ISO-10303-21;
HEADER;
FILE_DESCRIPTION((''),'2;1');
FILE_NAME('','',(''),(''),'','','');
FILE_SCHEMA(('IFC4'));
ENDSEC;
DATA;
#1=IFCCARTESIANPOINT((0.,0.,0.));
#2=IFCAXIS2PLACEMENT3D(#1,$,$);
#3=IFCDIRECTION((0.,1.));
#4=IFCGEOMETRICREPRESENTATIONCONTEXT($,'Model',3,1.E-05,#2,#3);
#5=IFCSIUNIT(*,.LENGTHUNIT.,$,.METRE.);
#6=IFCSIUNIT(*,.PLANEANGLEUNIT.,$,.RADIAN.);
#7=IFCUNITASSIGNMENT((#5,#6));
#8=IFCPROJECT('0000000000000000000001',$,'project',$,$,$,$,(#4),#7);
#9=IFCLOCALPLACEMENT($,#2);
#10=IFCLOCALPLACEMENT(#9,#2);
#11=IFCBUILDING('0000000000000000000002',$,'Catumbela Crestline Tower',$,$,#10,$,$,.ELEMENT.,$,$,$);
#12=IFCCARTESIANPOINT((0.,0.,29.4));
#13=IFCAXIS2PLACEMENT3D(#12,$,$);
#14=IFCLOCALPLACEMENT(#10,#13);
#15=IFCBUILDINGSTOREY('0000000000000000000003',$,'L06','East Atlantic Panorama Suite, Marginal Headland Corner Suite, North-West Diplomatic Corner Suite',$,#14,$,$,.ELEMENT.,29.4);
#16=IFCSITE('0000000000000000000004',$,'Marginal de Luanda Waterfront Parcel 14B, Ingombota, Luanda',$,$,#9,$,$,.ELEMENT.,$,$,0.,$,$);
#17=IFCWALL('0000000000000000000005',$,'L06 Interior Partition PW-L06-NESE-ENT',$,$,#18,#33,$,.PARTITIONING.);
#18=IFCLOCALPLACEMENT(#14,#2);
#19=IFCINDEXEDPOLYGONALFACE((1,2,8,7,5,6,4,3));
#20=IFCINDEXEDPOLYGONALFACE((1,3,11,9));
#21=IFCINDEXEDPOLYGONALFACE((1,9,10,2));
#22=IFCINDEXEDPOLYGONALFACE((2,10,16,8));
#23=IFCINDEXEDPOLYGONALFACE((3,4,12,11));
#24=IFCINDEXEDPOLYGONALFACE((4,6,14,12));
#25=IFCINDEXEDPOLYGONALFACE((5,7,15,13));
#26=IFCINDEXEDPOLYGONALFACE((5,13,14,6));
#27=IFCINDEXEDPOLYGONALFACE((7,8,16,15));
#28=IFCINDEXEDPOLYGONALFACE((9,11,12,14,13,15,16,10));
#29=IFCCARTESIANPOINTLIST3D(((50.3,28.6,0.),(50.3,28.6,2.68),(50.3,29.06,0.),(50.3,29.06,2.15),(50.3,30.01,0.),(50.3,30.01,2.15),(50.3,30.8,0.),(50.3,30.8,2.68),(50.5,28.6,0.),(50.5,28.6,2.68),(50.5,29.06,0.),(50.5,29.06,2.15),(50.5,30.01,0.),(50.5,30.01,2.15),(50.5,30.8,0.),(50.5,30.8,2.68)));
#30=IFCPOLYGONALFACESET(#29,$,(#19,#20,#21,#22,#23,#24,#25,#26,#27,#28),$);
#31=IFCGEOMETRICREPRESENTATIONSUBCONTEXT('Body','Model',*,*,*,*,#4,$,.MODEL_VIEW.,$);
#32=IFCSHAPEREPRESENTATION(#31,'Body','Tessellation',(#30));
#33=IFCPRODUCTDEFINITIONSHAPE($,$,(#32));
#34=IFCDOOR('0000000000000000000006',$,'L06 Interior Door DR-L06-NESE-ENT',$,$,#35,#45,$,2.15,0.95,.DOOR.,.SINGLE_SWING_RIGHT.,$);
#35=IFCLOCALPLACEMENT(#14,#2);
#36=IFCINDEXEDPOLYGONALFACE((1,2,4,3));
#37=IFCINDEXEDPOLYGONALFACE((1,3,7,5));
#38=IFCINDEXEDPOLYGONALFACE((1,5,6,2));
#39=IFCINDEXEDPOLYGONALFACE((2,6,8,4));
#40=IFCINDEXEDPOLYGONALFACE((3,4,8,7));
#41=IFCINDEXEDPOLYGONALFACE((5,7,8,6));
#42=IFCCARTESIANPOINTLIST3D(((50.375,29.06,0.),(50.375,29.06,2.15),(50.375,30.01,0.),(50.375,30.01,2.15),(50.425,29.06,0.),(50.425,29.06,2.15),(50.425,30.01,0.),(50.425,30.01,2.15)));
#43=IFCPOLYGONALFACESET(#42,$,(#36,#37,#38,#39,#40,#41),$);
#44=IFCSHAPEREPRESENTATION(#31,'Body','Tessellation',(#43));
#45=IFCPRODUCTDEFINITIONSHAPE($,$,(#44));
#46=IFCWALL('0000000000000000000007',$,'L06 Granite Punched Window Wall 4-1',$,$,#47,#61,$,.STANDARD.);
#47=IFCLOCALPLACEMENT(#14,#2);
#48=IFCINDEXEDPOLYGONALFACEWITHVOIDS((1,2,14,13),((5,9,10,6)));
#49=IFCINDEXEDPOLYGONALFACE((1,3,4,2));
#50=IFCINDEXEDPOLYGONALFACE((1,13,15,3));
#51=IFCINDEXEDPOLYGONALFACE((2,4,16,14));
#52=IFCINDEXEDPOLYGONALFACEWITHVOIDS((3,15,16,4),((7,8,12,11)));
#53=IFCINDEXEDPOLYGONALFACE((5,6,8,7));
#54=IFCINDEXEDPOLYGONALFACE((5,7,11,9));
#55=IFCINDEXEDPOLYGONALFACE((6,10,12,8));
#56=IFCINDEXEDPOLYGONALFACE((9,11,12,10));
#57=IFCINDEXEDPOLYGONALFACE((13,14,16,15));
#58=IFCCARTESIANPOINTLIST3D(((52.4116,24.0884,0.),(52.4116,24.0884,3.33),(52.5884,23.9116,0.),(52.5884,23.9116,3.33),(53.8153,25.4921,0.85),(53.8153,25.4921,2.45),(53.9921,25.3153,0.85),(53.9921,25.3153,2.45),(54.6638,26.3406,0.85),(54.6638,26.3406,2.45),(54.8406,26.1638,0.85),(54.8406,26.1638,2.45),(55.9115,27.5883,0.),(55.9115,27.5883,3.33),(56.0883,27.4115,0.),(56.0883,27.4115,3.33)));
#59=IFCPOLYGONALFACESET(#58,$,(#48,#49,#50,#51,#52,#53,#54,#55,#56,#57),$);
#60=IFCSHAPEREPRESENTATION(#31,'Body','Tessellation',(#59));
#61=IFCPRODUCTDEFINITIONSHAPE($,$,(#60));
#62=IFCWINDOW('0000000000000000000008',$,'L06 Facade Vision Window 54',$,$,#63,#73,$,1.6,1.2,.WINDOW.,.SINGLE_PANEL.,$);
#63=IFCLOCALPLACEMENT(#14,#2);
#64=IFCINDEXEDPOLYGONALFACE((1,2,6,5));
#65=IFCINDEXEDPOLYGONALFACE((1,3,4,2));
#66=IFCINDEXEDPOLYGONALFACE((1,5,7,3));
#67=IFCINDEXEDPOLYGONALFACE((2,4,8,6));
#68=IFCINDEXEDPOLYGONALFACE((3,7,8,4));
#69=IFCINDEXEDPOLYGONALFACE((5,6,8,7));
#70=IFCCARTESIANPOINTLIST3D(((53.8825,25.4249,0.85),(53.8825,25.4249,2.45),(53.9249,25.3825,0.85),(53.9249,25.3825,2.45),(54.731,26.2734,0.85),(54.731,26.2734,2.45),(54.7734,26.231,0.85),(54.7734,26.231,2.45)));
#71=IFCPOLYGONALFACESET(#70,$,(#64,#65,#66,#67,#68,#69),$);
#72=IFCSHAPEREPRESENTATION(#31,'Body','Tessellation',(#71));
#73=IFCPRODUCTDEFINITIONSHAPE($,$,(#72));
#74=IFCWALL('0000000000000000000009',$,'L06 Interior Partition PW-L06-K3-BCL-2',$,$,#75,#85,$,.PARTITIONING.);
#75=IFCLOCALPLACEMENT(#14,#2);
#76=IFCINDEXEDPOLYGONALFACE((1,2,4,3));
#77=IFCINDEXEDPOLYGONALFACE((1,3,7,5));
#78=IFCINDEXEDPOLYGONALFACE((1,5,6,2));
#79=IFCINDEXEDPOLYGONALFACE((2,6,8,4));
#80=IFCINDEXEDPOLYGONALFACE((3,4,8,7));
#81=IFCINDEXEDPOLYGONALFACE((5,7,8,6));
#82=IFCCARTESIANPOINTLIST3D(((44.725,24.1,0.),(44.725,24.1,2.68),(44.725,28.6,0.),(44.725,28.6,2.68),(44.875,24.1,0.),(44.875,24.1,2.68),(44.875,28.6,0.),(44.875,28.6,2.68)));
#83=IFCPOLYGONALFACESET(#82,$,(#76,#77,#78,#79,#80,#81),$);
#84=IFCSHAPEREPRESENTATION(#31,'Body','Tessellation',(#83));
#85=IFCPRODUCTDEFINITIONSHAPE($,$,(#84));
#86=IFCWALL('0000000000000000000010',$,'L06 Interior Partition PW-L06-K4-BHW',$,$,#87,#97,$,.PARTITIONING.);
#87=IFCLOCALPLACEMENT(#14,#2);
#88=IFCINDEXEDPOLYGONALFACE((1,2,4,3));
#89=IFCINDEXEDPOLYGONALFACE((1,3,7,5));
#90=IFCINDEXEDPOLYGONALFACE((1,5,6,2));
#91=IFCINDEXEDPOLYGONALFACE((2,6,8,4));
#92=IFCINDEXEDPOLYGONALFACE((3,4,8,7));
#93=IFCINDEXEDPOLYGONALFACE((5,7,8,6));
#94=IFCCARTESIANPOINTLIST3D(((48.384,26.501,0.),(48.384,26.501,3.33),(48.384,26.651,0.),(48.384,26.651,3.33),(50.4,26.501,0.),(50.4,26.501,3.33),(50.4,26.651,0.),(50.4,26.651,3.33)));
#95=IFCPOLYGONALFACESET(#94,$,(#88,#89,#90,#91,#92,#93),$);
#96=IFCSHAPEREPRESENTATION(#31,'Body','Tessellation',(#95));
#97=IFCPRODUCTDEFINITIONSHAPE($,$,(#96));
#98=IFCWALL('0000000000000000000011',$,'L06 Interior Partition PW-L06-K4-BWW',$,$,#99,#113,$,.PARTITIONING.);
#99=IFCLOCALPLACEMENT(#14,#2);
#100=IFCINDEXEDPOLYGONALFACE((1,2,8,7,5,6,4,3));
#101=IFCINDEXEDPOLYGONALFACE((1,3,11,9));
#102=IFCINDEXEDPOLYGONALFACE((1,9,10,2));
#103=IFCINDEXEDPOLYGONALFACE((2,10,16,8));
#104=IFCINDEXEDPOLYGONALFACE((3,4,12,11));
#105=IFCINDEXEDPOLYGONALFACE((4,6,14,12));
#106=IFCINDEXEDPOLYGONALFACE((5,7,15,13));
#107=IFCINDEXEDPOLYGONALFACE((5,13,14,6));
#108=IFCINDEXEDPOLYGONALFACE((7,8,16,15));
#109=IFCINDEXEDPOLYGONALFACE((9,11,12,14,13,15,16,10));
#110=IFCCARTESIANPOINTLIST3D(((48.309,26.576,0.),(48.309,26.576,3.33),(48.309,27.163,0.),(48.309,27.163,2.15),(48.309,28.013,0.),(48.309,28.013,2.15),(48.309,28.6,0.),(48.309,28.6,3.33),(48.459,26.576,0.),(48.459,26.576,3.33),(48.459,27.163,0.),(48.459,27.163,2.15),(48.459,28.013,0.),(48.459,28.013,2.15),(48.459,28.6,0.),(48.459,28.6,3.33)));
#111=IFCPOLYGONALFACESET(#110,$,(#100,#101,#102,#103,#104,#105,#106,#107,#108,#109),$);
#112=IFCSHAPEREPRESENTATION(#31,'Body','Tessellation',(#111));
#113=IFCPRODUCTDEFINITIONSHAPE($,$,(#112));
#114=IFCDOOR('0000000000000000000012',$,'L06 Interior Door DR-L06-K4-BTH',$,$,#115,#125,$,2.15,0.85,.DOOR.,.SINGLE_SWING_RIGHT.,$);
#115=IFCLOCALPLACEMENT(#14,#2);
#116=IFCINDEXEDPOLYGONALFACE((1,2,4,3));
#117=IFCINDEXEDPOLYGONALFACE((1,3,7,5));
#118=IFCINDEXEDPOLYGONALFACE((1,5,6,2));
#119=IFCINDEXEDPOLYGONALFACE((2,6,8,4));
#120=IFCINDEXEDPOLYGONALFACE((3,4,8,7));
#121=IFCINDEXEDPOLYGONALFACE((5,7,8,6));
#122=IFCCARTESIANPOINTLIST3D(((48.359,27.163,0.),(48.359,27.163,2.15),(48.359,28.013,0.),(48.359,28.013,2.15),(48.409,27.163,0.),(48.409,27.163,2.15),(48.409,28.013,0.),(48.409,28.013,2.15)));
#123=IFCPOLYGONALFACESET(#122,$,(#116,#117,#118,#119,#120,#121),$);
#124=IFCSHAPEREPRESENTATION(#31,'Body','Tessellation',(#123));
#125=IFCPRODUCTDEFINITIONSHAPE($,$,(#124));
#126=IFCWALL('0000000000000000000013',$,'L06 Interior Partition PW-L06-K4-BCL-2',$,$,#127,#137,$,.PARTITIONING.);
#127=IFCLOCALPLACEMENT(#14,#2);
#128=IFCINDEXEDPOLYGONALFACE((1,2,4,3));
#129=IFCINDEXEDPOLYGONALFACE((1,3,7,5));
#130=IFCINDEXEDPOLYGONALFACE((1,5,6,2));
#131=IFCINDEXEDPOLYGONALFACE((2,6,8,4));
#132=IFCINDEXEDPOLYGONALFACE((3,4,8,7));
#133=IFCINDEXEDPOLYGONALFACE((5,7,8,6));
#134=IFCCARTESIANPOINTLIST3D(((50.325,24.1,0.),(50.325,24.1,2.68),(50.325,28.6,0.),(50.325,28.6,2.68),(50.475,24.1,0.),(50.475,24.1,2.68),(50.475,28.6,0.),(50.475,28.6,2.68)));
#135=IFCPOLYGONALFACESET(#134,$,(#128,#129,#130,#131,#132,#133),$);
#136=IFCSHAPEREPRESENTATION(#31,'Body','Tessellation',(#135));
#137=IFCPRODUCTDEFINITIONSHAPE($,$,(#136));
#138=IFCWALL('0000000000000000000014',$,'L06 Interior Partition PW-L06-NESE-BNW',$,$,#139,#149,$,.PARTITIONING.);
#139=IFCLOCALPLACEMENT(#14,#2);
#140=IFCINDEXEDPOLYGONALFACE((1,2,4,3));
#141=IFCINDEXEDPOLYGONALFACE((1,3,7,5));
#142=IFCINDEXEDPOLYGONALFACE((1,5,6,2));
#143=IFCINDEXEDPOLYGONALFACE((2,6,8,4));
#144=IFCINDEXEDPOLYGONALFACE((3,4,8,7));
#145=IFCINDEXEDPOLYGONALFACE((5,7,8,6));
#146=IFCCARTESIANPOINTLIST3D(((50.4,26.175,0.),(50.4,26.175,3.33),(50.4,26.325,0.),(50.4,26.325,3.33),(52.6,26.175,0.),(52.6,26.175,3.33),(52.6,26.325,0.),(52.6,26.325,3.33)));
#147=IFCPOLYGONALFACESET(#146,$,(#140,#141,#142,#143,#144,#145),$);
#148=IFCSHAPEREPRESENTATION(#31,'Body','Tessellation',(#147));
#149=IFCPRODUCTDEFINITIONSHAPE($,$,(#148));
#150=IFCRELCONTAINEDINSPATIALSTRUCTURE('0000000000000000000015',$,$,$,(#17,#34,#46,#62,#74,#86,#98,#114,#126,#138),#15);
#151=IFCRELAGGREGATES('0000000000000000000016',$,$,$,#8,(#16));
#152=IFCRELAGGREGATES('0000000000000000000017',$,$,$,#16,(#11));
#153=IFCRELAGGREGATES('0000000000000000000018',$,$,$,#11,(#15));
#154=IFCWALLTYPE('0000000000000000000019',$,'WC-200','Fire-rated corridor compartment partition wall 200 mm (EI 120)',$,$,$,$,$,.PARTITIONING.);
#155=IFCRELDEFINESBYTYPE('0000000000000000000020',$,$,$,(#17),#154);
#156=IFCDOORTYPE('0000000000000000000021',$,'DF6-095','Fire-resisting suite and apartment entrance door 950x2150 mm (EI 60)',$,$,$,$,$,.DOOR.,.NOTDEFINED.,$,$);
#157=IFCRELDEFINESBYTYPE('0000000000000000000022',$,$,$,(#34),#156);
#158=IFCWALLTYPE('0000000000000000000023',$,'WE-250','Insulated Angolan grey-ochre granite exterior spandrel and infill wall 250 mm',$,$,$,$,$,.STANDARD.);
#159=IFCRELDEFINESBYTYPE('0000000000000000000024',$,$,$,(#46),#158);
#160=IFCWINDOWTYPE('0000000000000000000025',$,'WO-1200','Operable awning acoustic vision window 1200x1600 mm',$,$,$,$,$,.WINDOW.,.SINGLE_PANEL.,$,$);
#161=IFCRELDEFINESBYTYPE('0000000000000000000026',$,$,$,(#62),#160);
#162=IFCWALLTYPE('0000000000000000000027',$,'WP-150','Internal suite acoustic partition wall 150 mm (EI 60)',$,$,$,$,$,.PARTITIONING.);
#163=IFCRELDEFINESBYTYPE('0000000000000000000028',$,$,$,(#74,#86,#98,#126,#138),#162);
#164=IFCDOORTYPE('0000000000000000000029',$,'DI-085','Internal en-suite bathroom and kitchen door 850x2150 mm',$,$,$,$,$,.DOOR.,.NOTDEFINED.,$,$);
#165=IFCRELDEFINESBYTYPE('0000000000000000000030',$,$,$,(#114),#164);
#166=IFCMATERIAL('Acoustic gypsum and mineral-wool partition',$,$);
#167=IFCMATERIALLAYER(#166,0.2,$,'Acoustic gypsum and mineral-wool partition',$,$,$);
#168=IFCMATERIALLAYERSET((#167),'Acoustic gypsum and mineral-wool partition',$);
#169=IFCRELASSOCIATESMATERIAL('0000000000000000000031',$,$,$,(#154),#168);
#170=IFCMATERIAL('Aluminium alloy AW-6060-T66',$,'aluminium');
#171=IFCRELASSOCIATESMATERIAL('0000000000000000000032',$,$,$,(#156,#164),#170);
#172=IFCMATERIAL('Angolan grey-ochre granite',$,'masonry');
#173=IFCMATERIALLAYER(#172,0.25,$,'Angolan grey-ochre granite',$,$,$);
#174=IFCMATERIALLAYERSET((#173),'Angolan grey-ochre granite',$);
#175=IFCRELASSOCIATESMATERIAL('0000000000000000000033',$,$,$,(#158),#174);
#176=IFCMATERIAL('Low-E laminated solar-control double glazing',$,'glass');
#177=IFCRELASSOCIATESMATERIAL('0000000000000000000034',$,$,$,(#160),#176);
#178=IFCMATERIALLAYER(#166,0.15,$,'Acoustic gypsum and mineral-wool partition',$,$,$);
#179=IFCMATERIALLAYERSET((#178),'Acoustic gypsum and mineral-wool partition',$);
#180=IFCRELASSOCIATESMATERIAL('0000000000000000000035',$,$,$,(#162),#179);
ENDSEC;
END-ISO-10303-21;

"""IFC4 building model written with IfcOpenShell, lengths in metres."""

from ifc_helpers import new_model, si_unit, direction, frame, frame_2d, origin, place, context, subcontext, project, spatial, rectangle, extrude, material, layer, layer_set, type_object, element, fill, save


model = new_model("IFC4")

# Units and contexts
model_context = context("Model", 3, precision=1e-05, world=origin(), true_north=direction((0.0, 1.0)))
body_context = subcontext(model_context, "Body", "Model", "MODEL_VIEW")
ifc_project = project(units=[si_unit("LENGTHUNIT", "METRE"), si_unit("PLANEANGLEUNIT", "RADIAN")], contexts=[model_context])

# Site, building, storey
site_placement = place(None, origin())
site = spatial("IfcSite", under=ifc_project, at=site_placement, Name="Marginal de Luanda Waterfront Parcel 14B, Ingombota, Luanda", CompositionType="ELEMENT", RefElevation=0.0)
building_placement = place(site_placement, origin())
building = spatial("IfcBuilding", under=site, at=building_placement, Name="Catumbela Crestline Tower", CompositionType="ELEMENT")
storey_placement = place(building_placement, frame((0.0, 0.0, 29.4)))
storey = spatial("IfcBuildingStorey", under=building, at=storey_placement, Name="L06", Description="East Atlantic Panorama Suite, Marginal Headland Corner Suite, North-West Diplomatic Corner Suite", CompositionType="ELEMENT", Elevation=29.4)

# Shared definitions
ifc_material_1 = material(Name="Aluminium alloy AW-6060-T66", Category="aluminium")

# Shared definitions
ifc_material_2 = material(Name="Low-E laminated solar-control double glazing", Category="glass")

# Wall, opening, door
ifc_material_3 = material(Name="Acoustic gypsum and mineral-wool partition")
ifc_layer_1 = layer(ifc_material_3, 0.2, Name="Acoustic gypsum and mineral-wool partition")
ifc_layer_set_1 = layer_set([ifc_layer_1], Name="Acoustic gypsum and mineral-wool partition")
wall_type_1 = type_object("IfcWallType", Name="WC-200", Description="Fire-rated corridor compartment partition wall 200 mm (EI 120)", PredefinedType="PARTITIONING", material=ifc_layer_set_1)
wall_1_placement = place(storey_placement, frame((50.4, 28.6, 0.0), z_axis=(0.0, 0.0, 1.0), x_axis=(0.0, 1.0, 0.0)))
wall_1 = element("IfcWall", 1, at=wall_1_placement, inside=storey, type_object=wall_type_1, Name="L06 Interior Partition PW-L06-NESE-ENT", PredefinedType="PARTITIONING", context=body_context, shape_type="SweptSolid", body=[
    extrude(rectangle(XDim=2.2, YDim=0.2, at=frame_2d((1.1, 0.0))), origin(), (0.0, 0.0, 1.0), 2.68),
])
opening_1_placement = place(wall_1_placement, frame((0.46, 0.0, 0.0)))
opening_1 = element("IfcOpeningElement", 2, at=opening_1_placement, cuts=wall_1, PredefinedType="OPENING", context=body_context, shape_type="SweptSolid", body=[
    extrude(rectangle(XDim=0.95, YDim=2.15, at=frame_2d((0.475, 1.075))), frame((0.0, 0.11, 0.0), z_axis=(0.0, -1.0, 0.0), x_axis=(1.0, 0.0, 0.0)), (0.0, 0.0, 1.0), 0.22),
])
door_type_1 = type_object("IfcDoorType", Name="DF6-095", Description="Fire-resisting suite and apartment entrance door 950x2150 mm (EI 60)", OperationType="NOTDEFINED", PredefinedType="DOOR", material=ifc_material_1)
door_1_placement = place(opening_1_placement, origin())
door_1 = element("IfcDoor", 3, at=door_1_placement, inside=storey, type_object=door_type_1, Name="L06 Interior Door DR-L06-NESE-ENT", OperationType="SINGLE_SWING_RIGHT", OverallHeight=2.15, OverallWidth=0.95, PredefinedType="DOOR", context=body_context, shape_type="SweptSolid", body=[
    extrude(rectangle(XDim=0.95, YDim=2.15, at=frame_2d((0.475, 1.075))), frame((0.0, 0.025, 0.0), z_axis=(0.0, -1.0, 0.0), x_axis=(1.0, 0.0, 0.0)), (0.0, 0.0, 1.0), 0.05),
])
fill(opening_1, door_1)

# Wall, opening, window
ifc_material_4 = material(Name="Angolan grey-ochre granite", Category="masonry")
ifc_layer_2 = layer(ifc_material_4, 0.25, Name="Angolan grey-ochre granite")
ifc_layer_set_2 = layer_set([ifc_layer_2], Name="Angolan grey-ochre granite")
wall_type_2 = type_object("IfcWallType", Name="WE-250", Description="Insulated Angolan grey-ochre granite exterior spandrel and infill wall 250 mm", PredefinedType="STANDARD", material=ifc_layer_set_2)
wall_2_placement = place(storey_placement, frame((52.5, 24.0, 0.0), z_axis=(0.0, 0.0, 1.0), x_axis=(0.707107, 0.707107, 0.0)))
wall_2 = element("IfcWall", 4, at=wall_2_placement, inside=storey, type_object=wall_type_2, Name="L06 Granite Punched Window Wall 4-1", PredefinedType="STANDARD", context=body_context, shape_type="SweptSolid", body=[
    extrude(rectangle(XDim=4.9497, YDim=0.25, at=frame_2d((2.4748, 0.0))), origin(), (0.0, 0.0, 1.0), 3.33),
])
opening_2_placement = place(wall_2_placement, frame((1.9851, 0.0, 0.85)))
opening_2 = element("IfcOpeningElement", 5, at=opening_2_placement, cuts=wall_2, PredefinedType="OPENING", context=body_context, shape_type="SweptSolid", body=[
    extrude(rectangle(XDim=1.2, YDim=1.6, at=frame_2d((0.6, 0.8))), frame((0.0, 0.135, 0.0), z_axis=(0.0, -1.0, 0.0), x_axis=(1.0, 0.0, 0.0)), (0.0, 0.0, 1.0), 0.27),
])
window_type = type_object("IfcWindowType", Name="WO-1200", Description="Operable awning acoustic vision window 1200x1600 mm", PartitioningType="SINGLE_PANEL", PredefinedType="WINDOW", material=ifc_material_2)
window_placement = place(opening_2_placement, origin())
window = element("IfcWindow", 6, at=window_placement, inside=storey, type_object=window_type, Name="L06 Facade Vision Window 54", OverallHeight=1.6, OverallWidth=1.2, PartitioningType="SINGLE_PANEL", PredefinedType="WINDOW", context=body_context, shape_type="SweptSolid", body=[
    extrude(rectangle(XDim=1.2, YDim=1.6, at=frame_2d((0.6, 0.8))), frame((0.0, 0.03, 0.0), z_axis=(0.0, -1.0, 0.0), x_axis=(1.0, 0.0, 0.0)), (0.0, 0.0, 1.0), 0.06),
])
fill(opening_2, window)

# Walls
ifc_layer_3 = layer(ifc_material_3, 0.15, Name="Acoustic gypsum and mineral-wool partition")
ifc_layer_set_3 = layer_set([ifc_layer_3], Name="Acoustic gypsum and mineral-wool partition")
wall_type_3 = type_object("IfcWallType", Name="WP-150", Description="Internal suite acoustic partition wall 150 mm (EI 60)", PredefinedType="PARTITIONING", material=ifc_layer_set_3)
wall_3_placement = place(storey_placement, frame((44.8, 28.6, 0.0), z_axis=(0.0, 0.0, 1.0), x_axis=(0.0, -1.0, 0.0)))
element("IfcWall", 7, at=wall_3_placement, inside=storey, type_object=wall_type_3, Name="L06 Interior Partition PW-L06-K3-BCL-2", PredefinedType="PARTITIONING", context=body_context, shape_type="SweptSolid", body=[
    extrude(rectangle(XDim=4.5, YDim=0.15, at=frame_2d((2.25, 0.0))), origin(), (0.0, 0.0, 1.0), 2.68),
])
wall_4_placement = place(storey_placement, frame((48.384, 26.576, 0.0), z_axis=(0.0, 0.0, 1.0), x_axis=(1.0, 0.0, 0.0)))
element("IfcWall", 8, at=wall_4_placement, inside=storey, type_object=wall_type_3, Name="L06 Interior Partition PW-L06-K4-BHW", PredefinedType="PARTITIONING", context=body_context, shape_type="SweptSolid", body=[
    extrude(rectangle(XDim=2.016, YDim=0.15, at=frame_2d((1.008, 0.0))), origin(), (0.0, 0.0, 1.0), 3.33),
])

# Wall, opening, door
wall_5_placement = place(storey_placement, frame((48.384, 26.576, 0.0), z_axis=(0.0, 0.0, 1.0), x_axis=(0.0, 1.0, 0.0)))
wall_5 = element("IfcWall", 9, at=wall_5_placement, inside=storey, type_object=wall_type_3, Name="L06 Interior Partition PW-L06-K4-BWW", PredefinedType="PARTITIONING", context=body_context, shape_type="SweptSolid", body=[
    extrude(rectangle(XDim=2.024, YDim=0.15, at=frame_2d((1.012, 0.0))), origin(), (0.0, 0.0, 1.0), 3.33),
])
opening_3_placement = place(wall_5_placement, frame((0.587, 0.0, 0.0)))
opening_3 = element("IfcOpeningElement", 10, at=opening_3_placement, cuts=wall_5, PredefinedType="OPENING", context=body_context, shape_type="SweptSolid", body=[
    extrude(rectangle(XDim=0.85, YDim=2.15, at=frame_2d((0.425, 1.075))), frame((0.0, 0.085, 0.0), z_axis=(0.0, -1.0, 0.0), x_axis=(1.0, 0.0, 0.0)), (0.0, 0.0, 1.0), 0.17),
])
door_type_2 = type_object("IfcDoorType", Name="DI-085", Description="Internal en-suite bathroom and kitchen door 850x2150 mm", OperationType="NOTDEFINED", PredefinedType="DOOR", material=ifc_material_1)
door_2_placement = place(opening_3_placement, origin())
door_2 = element("IfcDoor", 11, at=door_2_placement, inside=storey, type_object=door_type_2, Name="L06 Interior Door DR-L06-K4-BTH", OperationType="SINGLE_SWING_RIGHT", OverallHeight=2.15, OverallWidth=0.85, PredefinedType="DOOR", context=body_context, shape_type="SweptSolid", body=[
    extrude(rectangle(XDim=0.85, YDim=2.15, at=frame_2d((0.425, 1.075))), frame((0.0, 0.025, 0.0), z_axis=(0.0, -1.0, 0.0), x_axis=(1.0, 0.0, 0.0)), (0.0, 0.0, 1.0), 0.05),
])
fill(opening_3, door_2)

# Walls
wall_6_placement = place(storey_placement, frame((50.4, 28.6, 0.0), z_axis=(0.0, 0.0, 1.0), x_axis=(0.0, -1.0, 0.0)))
element("IfcWall", 12, at=wall_6_placement, inside=storey, type_object=wall_type_3, Name="L06 Interior Partition PW-L06-K4-BCL-2", PredefinedType="PARTITIONING", context=body_context, shape_type="SweptSolid", body=[
    extrude(rectangle(XDim=4.5, YDim=0.15, at=frame_2d((2.25, 0.0))), origin(), (0.0, 0.0, 1.0), 2.68),
])
wall_7_placement = place(storey_placement, frame((50.4, 26.25, 0.0), z_axis=(0.0, 0.0, 1.0), x_axis=(1.0, 0.0, 0.0)))
element("IfcWall", 13, at=wall_7_placement, inside=storey, type_object=wall_type_3, Name="L06 Interior Partition PW-L06-NESE-BNW", PredefinedType="PARTITIONING", context=body_context, shape_type="SweptSolid", body=[
    extrude(rectangle(XDim=2.2, YDim=0.15, at=frame_2d((1.1, 0.0))), origin(), (0.0, 0.0, 1.0), 3.33),
])

save(model, "model.ifc")
